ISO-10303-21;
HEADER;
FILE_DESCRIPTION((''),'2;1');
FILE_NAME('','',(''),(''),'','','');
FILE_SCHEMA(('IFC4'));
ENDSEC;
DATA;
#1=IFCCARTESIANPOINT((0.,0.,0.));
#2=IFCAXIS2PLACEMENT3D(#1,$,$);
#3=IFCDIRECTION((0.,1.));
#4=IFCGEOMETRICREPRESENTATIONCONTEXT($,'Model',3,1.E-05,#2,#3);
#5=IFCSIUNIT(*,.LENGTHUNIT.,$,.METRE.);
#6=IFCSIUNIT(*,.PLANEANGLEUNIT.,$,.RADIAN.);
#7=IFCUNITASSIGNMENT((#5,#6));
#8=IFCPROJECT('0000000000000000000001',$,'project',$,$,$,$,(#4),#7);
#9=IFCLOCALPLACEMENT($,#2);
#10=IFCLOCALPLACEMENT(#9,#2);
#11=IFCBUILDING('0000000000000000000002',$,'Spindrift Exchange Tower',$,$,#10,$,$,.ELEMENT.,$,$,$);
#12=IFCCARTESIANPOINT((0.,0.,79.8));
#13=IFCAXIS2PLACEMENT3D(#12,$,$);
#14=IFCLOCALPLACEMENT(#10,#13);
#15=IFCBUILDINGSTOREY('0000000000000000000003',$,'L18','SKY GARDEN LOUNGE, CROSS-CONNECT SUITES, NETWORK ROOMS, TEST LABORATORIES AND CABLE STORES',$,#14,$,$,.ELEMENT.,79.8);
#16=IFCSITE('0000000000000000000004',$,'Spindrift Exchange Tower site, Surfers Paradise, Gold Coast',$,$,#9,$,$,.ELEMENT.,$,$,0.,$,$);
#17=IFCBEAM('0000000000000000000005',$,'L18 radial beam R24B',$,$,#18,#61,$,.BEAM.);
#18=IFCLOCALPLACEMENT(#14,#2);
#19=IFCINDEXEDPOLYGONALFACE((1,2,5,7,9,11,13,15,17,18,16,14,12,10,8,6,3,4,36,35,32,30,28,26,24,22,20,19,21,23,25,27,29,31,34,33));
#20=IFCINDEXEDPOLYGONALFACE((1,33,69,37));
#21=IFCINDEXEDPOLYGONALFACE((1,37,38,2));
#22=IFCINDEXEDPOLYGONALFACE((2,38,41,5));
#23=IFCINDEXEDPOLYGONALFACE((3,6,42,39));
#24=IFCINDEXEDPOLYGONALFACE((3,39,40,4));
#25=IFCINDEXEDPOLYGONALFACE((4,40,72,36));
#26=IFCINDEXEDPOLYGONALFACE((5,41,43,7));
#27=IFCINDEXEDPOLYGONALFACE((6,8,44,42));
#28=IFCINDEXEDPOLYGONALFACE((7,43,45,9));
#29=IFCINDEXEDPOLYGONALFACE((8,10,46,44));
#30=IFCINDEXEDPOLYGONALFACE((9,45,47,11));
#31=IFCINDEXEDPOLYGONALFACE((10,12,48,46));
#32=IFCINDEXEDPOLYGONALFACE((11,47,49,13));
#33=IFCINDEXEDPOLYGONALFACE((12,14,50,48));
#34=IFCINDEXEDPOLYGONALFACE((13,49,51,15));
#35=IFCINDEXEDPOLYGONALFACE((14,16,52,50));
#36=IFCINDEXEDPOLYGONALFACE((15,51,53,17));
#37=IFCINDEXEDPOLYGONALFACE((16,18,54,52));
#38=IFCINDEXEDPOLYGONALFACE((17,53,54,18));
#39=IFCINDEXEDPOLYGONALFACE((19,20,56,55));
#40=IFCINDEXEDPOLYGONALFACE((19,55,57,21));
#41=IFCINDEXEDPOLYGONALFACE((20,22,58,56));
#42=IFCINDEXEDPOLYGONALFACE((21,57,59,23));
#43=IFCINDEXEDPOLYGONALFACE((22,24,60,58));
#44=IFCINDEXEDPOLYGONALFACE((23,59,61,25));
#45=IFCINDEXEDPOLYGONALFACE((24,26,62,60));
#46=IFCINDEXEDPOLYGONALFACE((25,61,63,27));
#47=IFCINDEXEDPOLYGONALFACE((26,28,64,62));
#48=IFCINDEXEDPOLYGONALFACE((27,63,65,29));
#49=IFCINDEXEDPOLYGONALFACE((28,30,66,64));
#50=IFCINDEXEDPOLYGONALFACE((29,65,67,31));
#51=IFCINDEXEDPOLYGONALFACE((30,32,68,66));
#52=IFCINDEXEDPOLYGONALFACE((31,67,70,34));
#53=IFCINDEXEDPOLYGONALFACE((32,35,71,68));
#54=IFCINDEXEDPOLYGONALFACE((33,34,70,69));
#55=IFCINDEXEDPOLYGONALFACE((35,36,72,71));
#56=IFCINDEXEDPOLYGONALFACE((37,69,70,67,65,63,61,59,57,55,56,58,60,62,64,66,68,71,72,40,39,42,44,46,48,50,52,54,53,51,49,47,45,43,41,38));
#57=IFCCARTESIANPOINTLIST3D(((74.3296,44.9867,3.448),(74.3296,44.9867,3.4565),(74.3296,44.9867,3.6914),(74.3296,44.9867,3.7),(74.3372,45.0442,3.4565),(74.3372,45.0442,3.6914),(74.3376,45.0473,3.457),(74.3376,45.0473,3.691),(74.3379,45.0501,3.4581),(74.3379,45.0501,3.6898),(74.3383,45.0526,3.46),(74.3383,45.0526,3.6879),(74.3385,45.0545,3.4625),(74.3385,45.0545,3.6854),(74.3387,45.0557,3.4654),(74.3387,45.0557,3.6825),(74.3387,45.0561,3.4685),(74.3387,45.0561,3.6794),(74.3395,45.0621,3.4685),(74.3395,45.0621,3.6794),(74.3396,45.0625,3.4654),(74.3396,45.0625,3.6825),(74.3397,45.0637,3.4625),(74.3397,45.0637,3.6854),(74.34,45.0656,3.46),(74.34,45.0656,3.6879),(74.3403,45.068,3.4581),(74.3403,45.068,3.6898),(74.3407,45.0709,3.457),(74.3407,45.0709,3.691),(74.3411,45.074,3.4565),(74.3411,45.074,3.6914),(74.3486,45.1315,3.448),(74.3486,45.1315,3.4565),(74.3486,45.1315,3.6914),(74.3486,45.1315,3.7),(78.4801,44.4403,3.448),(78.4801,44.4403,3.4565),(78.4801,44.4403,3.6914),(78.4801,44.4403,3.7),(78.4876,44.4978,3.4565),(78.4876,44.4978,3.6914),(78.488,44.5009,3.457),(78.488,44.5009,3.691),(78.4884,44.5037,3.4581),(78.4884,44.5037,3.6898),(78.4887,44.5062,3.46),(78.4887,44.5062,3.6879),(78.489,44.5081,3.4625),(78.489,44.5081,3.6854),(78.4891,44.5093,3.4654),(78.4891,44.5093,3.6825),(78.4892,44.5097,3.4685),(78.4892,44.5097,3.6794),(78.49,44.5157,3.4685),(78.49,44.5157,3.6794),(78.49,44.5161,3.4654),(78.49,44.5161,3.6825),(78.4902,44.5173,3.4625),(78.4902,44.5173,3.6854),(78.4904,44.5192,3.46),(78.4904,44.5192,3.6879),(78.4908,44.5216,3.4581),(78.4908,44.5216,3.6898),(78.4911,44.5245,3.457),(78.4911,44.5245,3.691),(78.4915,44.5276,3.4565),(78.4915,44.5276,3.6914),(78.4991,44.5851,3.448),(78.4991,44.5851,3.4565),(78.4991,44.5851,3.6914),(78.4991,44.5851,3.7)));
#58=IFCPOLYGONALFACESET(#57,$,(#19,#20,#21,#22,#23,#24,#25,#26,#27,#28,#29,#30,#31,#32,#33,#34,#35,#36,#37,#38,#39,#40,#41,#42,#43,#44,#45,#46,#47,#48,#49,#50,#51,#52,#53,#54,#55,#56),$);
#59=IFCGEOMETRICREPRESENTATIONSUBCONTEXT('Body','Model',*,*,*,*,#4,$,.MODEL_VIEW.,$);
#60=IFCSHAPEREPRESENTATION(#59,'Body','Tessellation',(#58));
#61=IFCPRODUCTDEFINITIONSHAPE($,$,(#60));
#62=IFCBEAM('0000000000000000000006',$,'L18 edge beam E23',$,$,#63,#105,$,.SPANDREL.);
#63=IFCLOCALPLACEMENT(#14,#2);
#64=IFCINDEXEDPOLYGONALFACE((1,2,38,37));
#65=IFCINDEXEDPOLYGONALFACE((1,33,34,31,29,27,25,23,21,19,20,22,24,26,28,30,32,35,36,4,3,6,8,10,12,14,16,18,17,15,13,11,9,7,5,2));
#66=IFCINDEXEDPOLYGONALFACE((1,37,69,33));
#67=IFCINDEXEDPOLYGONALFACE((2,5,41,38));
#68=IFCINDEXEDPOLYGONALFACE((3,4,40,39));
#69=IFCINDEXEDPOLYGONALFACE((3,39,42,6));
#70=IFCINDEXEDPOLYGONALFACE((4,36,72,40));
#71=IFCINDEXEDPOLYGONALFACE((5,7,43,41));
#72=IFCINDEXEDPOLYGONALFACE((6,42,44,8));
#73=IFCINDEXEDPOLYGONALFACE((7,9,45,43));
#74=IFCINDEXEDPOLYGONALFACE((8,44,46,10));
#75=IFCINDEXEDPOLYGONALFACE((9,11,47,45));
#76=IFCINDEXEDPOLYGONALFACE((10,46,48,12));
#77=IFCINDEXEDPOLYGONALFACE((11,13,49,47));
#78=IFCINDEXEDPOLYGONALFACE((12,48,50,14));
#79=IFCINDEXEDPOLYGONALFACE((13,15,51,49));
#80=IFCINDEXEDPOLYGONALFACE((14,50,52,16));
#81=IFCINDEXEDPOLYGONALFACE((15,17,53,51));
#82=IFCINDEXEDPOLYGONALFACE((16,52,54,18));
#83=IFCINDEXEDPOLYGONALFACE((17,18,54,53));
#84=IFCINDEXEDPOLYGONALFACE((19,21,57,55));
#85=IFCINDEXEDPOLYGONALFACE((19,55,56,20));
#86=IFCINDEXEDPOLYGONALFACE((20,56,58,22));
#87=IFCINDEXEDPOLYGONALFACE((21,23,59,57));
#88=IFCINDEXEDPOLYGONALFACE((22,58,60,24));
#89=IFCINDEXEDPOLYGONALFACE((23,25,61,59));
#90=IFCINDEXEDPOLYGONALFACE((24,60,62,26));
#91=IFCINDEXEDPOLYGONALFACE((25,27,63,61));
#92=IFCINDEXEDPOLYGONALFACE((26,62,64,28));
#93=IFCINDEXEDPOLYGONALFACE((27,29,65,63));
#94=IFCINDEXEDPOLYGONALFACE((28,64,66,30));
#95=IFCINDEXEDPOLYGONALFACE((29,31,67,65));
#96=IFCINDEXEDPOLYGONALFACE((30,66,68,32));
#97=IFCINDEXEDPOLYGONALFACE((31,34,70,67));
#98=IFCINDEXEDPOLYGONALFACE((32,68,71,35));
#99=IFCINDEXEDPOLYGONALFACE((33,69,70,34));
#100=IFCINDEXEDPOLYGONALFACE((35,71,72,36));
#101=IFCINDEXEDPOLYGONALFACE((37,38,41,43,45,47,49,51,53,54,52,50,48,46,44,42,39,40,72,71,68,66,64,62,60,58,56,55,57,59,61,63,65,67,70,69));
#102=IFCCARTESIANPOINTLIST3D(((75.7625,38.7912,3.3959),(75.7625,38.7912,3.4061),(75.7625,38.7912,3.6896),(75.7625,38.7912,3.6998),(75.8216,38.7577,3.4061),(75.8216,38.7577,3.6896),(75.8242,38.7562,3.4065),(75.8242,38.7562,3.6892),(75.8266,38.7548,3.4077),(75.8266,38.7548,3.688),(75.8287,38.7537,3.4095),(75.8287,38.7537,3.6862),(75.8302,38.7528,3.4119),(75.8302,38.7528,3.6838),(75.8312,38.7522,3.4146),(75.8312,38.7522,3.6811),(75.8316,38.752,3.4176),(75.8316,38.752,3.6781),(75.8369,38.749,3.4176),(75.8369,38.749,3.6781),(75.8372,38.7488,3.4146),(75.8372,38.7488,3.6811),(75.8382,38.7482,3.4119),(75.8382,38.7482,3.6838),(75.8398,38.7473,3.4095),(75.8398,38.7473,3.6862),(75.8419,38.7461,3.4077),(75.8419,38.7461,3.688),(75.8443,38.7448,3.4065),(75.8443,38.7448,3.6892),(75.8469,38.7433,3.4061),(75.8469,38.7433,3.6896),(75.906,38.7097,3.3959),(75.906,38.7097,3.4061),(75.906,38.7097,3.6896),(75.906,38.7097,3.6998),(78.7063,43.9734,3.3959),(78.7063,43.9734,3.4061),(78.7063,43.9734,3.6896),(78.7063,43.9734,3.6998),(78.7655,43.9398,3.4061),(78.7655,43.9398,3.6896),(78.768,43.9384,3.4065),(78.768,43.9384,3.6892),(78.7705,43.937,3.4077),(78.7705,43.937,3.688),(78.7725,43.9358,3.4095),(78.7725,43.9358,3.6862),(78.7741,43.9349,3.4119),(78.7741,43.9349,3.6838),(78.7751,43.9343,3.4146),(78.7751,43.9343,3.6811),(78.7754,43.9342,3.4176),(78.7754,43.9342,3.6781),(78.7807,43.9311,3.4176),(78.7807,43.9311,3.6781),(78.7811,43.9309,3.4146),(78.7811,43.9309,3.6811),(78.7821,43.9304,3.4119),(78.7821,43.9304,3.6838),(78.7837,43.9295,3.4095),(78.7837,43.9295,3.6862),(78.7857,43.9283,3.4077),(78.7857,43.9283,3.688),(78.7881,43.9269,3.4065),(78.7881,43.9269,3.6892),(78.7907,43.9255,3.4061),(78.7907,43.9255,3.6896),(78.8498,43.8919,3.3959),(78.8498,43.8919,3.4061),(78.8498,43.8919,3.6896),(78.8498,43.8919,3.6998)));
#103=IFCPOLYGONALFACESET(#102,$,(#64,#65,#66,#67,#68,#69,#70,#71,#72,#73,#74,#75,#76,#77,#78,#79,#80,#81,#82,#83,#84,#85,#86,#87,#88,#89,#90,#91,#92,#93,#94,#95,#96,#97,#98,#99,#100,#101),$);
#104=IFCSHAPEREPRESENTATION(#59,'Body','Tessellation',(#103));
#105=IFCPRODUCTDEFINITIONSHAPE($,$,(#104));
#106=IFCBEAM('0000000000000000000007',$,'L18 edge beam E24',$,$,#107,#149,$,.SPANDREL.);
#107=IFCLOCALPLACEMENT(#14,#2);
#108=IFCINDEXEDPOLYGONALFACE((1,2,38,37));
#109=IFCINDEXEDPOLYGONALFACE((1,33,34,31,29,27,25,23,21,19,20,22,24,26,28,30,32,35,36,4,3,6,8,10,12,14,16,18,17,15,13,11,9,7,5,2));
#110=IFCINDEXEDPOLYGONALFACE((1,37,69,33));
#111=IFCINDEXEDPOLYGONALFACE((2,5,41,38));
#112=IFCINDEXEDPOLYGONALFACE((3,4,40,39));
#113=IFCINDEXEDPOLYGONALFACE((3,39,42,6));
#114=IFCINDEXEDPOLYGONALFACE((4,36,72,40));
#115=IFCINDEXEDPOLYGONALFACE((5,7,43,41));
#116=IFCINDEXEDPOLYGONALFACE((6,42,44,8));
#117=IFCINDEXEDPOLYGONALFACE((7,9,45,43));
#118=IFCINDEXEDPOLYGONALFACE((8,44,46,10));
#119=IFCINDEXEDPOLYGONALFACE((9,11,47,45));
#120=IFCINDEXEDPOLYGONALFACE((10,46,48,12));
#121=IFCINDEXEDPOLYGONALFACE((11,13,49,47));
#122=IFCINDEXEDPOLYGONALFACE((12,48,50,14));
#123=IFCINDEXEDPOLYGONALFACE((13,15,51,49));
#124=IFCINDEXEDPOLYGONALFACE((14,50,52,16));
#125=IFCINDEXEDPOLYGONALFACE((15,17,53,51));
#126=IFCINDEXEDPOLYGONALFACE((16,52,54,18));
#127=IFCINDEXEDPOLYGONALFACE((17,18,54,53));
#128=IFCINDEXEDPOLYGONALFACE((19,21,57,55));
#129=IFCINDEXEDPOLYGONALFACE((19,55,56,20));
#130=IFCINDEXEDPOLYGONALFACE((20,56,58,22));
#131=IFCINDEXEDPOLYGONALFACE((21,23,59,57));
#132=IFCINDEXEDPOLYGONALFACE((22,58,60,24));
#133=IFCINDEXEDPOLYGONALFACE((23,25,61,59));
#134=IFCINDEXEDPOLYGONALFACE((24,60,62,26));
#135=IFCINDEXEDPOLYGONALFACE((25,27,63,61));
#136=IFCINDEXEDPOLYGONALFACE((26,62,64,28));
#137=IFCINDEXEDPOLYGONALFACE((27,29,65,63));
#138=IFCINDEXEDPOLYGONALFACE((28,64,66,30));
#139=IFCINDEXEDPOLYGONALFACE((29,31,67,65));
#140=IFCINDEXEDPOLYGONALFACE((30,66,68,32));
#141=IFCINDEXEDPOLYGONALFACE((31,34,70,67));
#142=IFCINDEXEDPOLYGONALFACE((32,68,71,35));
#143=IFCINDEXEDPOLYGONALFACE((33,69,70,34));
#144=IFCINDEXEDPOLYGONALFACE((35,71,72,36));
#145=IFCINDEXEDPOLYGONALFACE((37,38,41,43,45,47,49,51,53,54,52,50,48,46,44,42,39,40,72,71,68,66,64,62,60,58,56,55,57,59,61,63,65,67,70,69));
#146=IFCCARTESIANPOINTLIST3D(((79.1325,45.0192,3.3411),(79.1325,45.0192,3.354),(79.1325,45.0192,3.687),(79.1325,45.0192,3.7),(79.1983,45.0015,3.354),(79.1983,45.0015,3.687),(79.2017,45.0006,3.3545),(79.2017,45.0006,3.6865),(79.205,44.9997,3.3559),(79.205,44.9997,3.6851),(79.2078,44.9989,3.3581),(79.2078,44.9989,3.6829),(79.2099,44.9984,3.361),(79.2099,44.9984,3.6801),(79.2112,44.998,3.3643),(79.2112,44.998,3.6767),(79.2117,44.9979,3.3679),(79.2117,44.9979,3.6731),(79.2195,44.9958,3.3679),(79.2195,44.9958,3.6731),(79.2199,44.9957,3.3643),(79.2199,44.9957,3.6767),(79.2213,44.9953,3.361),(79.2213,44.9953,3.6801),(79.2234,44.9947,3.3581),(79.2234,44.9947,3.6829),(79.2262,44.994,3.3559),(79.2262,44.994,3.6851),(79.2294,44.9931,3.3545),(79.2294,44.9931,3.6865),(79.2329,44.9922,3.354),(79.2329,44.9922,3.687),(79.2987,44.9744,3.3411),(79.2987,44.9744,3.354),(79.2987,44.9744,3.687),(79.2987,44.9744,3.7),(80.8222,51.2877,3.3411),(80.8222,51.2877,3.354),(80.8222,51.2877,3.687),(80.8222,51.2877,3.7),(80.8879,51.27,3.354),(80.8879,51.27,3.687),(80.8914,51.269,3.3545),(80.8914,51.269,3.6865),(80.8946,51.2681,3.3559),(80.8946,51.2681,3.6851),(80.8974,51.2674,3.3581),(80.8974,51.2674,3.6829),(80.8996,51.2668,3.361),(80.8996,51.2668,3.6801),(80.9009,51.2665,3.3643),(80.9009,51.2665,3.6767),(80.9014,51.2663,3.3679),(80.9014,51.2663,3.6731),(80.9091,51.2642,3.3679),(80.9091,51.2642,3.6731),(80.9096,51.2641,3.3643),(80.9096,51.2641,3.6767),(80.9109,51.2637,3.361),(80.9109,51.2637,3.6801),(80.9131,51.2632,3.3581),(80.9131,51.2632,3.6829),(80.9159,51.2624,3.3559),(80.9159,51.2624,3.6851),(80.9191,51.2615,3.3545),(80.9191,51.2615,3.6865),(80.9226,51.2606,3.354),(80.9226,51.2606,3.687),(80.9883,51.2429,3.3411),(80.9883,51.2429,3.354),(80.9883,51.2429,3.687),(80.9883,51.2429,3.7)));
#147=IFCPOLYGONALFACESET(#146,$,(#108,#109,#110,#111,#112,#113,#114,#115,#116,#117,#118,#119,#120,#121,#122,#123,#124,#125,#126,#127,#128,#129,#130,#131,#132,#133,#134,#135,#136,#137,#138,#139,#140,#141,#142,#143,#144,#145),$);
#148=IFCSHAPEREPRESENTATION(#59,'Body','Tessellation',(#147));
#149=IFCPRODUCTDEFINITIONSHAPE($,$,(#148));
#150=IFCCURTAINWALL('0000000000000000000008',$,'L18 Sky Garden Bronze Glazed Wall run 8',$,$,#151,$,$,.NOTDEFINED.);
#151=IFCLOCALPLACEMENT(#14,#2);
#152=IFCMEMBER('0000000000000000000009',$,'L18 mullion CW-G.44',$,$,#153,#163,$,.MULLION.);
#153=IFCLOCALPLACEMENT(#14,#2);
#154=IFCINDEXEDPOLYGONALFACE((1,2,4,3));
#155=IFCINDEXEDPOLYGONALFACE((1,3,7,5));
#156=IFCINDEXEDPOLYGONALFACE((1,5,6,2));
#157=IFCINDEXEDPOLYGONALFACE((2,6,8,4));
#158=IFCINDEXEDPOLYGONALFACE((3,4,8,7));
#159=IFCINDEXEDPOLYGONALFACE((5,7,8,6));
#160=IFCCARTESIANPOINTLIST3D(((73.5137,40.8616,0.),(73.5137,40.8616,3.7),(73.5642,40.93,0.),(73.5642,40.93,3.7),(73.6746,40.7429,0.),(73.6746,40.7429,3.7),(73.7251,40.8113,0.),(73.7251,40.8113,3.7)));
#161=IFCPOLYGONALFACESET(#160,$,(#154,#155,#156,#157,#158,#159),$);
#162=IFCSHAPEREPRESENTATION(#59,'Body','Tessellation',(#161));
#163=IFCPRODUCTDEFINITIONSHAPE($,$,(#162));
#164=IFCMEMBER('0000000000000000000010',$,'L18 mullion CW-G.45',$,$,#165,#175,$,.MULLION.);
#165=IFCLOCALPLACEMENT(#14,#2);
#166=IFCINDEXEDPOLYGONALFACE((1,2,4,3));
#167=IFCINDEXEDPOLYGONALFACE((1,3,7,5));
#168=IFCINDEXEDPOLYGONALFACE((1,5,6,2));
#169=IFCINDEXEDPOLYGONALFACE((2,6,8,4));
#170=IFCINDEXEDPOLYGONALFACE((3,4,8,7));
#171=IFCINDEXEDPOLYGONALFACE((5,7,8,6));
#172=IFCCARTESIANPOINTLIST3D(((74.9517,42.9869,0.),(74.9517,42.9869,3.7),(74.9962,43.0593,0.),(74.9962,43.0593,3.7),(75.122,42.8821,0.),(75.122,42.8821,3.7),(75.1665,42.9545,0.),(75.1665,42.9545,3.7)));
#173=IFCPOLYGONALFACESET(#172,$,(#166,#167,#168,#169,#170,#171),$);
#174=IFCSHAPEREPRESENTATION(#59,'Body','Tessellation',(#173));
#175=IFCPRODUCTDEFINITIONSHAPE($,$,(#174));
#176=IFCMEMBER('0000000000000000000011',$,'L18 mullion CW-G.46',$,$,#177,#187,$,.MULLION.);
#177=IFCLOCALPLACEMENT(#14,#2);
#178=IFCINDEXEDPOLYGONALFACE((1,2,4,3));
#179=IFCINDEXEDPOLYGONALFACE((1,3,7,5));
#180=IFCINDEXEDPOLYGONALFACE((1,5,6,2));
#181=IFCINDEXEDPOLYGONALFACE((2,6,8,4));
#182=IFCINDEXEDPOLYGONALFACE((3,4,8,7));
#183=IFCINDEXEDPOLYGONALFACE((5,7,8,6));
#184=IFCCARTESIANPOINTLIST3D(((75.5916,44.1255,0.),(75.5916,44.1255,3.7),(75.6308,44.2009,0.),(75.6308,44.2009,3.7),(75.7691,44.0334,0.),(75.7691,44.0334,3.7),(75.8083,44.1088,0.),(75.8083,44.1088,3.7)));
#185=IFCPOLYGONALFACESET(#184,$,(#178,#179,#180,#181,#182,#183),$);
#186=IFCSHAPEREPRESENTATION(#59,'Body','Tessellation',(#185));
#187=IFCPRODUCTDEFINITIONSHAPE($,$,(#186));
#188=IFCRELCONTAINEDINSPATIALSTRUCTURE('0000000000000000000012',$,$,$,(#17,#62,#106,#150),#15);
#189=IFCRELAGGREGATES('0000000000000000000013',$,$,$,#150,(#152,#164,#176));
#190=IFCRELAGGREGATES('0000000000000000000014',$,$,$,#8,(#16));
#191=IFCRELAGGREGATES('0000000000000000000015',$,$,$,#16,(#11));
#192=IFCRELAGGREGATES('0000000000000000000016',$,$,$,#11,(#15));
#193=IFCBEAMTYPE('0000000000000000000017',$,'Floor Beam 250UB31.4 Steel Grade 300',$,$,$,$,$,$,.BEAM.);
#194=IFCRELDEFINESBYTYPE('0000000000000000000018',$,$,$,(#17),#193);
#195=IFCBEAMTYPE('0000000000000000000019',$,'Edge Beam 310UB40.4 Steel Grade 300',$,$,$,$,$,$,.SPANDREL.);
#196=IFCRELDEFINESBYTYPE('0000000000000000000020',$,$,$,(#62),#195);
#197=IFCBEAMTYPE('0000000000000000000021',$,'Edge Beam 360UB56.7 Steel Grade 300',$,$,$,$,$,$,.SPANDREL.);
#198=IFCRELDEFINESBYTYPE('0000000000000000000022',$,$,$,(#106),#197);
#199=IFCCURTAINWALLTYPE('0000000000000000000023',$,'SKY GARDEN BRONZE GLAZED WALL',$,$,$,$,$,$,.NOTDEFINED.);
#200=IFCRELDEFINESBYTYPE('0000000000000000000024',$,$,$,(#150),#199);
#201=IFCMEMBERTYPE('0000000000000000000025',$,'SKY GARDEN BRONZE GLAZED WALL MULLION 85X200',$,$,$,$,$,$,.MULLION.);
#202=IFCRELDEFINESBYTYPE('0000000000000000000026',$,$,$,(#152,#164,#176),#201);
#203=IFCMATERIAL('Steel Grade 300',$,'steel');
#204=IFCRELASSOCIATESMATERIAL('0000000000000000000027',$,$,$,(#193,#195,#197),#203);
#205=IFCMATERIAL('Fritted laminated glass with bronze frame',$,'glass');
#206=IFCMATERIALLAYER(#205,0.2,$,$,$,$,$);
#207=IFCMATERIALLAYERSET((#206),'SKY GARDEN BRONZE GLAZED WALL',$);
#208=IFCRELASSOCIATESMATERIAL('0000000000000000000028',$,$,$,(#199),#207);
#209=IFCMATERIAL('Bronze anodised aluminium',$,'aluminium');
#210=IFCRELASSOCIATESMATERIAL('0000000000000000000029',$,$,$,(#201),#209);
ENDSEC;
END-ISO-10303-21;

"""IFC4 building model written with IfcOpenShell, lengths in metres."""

from ifc_helpers import new_model, si_unit, direction, frame, origin, origin_2d, place, context, subcontext, project, spatial, rectangle, i_section, extrude, source, transform, mapped, material, layer, layer_set, material_profile, profile_set, type_object, element, aggregate, save


model = new_model("IFC4")

# Units and contexts
model_context = context("Model", 3, precision=1e-05, world=origin(), true_north=direction((0.0, 1.0)))
body_context = subcontext(model_context, "Body", "Model", "MODEL_VIEW")
ifc_project = project(units=[si_unit("LENGTHUNIT", "METRE"), si_unit("PLANEANGLEUNIT", "RADIAN")], contexts=[model_context])

# Site, building, storey
site_placement = place(None, origin())
site = spatial("IfcSite", under=ifc_project, at=site_placement, Name="Spindrift Exchange Tower site, Surfers Paradise, Gold Coast", CompositionType="ELEMENT", RefElevation=0.0)
building_placement = place(site_placement, origin())
building = spatial("IfcBuilding", under=site, at=building_placement, Name="Spindrift Exchange Tower", CompositionType="ELEMENT")
storey_placement = place(building_placement, frame((0.0, 0.0, 79.8)))
storey = spatial("IfcBuildingStorey", under=building, at=storey_placement, Name="L18", Description="SKY GARDEN LOUNGE, CROSS-CONNECT SUITES, NETWORK ROOMS, TEST LABORATORIES AND CABLE STORES", CompositionType="ELEMENT", Elevation=79.8)

# Beams
ifc_material_1 = material(Name="Steel Grade 300", Category="steel")
ifc_material_profile_1 = material_profile(ifc_material_1, i_section(OverallWidth=0.146, OverallDepth=0.252, WebThickness=0.0061, FlangeThickness=0.0085, FilletRadius=0.012, at=origin_2d()), Name="250UB31.4")
ifc_profile_set_1 = profile_set([ifc_material_profile_1], Name="Steel Grade 300")
beam_type_1 = type_object("IfcBeamType", Name="Floor Beam 250UB31.4 Steel Grade 300", PredefinedType="BEAM", material=ifc_profile_set_1)
shared_shape_1 = source(origin(), body_context, "Body", "SweptSolid", [
    extrude(i_section(OverallWidth=0.146, OverallDepth=0.252, WebThickness=0.0061, FlangeThickness=0.0085, FilletRadius=0.012, at=origin_2d()), origin(), (0.0, 0.0, 1.0), 4.1863),
])
beam_1_placement = place(storey_placement, frame((74.3391, 45.0591, 3.574), z_axis=(0.991446, -0.130521, 0.0), x_axis=(0.130521, 0.991446, 0.0)))
element("IfcBeam", 1, at=beam_1_placement, inside=storey, type_object=beam_type_1, Name="L18 radial beam R24B", PredefinedType="BEAM", context=body_context, shape_type="MappedRepresentation", body=[
    mapped(shared_shape_1, transform((0.0, 0.0, 0.0), scale=1.0)),
])
ifc_material_profile_2 = material_profile(ifc_material_1, i_section(OverallWidth=0.165, OverallDepth=0.304, WebThickness=0.0061, FlangeThickness=0.0103, FilletRadius=0.0115, at=origin_2d()), Name="310UB40.4")
ifc_profile_set_2 = profile_set([ifc_material_profile_2], Name="Steel Grade 300")
beam_type_2 = type_object("IfcBeamType", Name="Edge Beam 310UB40.4 Steel Grade 300", PredefinedType="SPANDREL", material=ifc_profile_set_2)
shared_shape_2 = source(origin(), body_context, "Body", "SweptSolid", [
    extrude(i_section(OverallWidth=0.165, OverallDepth=0.304, WebThickness=0.0061, FlangeThickness=0.0103, FilletRadius=0.0115, at=origin_2d()), origin(), (0.0, 0.0, 1.0), 5.96),
])
beam_2_placement = place(storey_placement, frame((75.8342, 38.7505, 3.5479), z_axis=(0.49394, 0.869496, 0.0), x_axis=(-0.869496, 0.49394, 0.0)))
element("IfcBeam", 2, at=beam_2_placement, inside=storey, type_object=beam_type_2, Name="L18 edge beam E23", PredefinedType="SPANDREL", context=body_context, shape_type="MappedRepresentation", body=[
    mapped(shared_shape_2, transform((0.0, 0.0, 0.0), scale=1.0)),
])
ifc_material_profile_3 = material_profile(ifc_material_1, i_section(OverallWidth=0.1721, OverallDepth=0.3589, WebThickness=0.0081, FlangeThickness=0.0129, FilletRadius=0.0139, at=origin_2d()), Name="360UB56.7")
ifc_profile_set_3 = profile_set([ifc_material_profile_3], Name="Steel Grade 300")
beam_type_3 = type_object("IfcBeamType", Name="Edge Beam 360UB56.7 Steel Grade 300", PredefinedType="SPANDREL", material=ifc_profile_set_3)
shared_shape_3 = source(origin(), body_context, "Body", "SweptSolid", [
    extrude(i_section(OverallWidth=0.1721, OverallDepth=0.3589, WebThickness=0.0081, FlangeThickness=0.0129, FilletRadius=0.0139, at=origin_2d()), origin(), (0.0, 0.0, 1.0), 6.4922),
])
beam_3_placement = place(storey_placement, frame((79.2156, 44.9968, 3.5205), z_axis=(0.260262, 0.965538, 0.0), x_axis=(-0.965538, 0.260262, 0.0)))
element("IfcBeam", 3, at=beam_3_placement, inside=storey, type_object=beam_type_3, Name="L18 edge beam E24", PredefinedType="SPANDREL", context=body_context, shape_type="MappedRepresentation", body=[
    mapped(shared_shape_3, transform((0.0, 0.0, 0.0), scale=1.0)),
])

# Curtain wall, members
ifc_material_2 = material(Name="Fritted laminated glass with bronze frame", Category="glass")
ifc_layer_1 = layer(ifc_material_2, 0.2)
ifc_layer_set_1 = layer_set([ifc_layer_1], Name="SKY GARDEN BRONZE GLAZED WALL")
curtain_wall_type = type_object("IfcCurtainWallType", Name="SKY GARDEN BRONZE GLAZED WALL", PredefinedType="NOTDEFINED", material=ifc_layer_set_1)
curtain_wall_1_placement = place(storey_placement, origin())
curtain_wall_1 = element("IfcCurtainWall", 4, at=curtain_wall_1_placement, inside=storey, type_object=curtain_wall_type, Name="L18 Sky Garden Bronze Glazed Wall run 8", PredefinedType="NOTDEFINED")
ifc_material_3 = material(Name="Bronze anodised aluminium", Category="aluminium")
ifc_material_profile_4 = material_profile(ifc_material_3, rectangle(XDim=0.085, YDim=0.2, at=origin_2d()), Name="SKY GARDEN BRONZE GLAZED WALL MULLION 85X200")
ifc_profile_set_4 = profile_set([ifc_material_profile_4], Name="Bronze anodised aluminium")
member_type_1 = type_object("IfcMemberType", Name="SKY GARDEN BRONZE GLAZED WALL MULLION 85X200", PredefinedType="MULLION", material=ifc_profile_set_4)
shared_shape_4 = source(origin(), body_context, "Body", "SweptSolid", [
    extrude(rectangle(XDim=0.085, YDim=0.2, at=origin_2d()), origin(), (0.0, 0.0, 1.0), 3.7),
])
member_1_placement = place(storey_placement, frame((73.6194, 40.8364, 0.0), z_axis=(0.0, 0.0, 1.0), x_axis=(0.593658, 0.804717, 0.0)))
member_1 = element("IfcMember", 5, at=member_1_placement, type_object=member_type_1, Name="L18 mullion CW-G.44", PredefinedType="MULLION", context=body_context, shape_type="MappedRepresentation", body=[
    mapped(shared_shape_4, transform((0.0, 0.0, 0.0), scale=1.0)),
])
member_2_placement = place(storey_placement, frame((75.0591, 42.9707, 0.0), z_axis=(0.0, 0.0, 1.0), x_axis=(0.523992, 0.851723, 0.0)))
member_2 = element("IfcMember", 6, at=member_2_placement, type_object=member_type_1, Name="L18 mullion CW-G.45", PredefinedType="MULLION", context=body_context, shape_type="MappedRepresentation", body=[
    mapped(shared_shape_4, transform((0.0, 0.0, 0.0), scale=1.0)),
])
member_3_placement = place(storey_placement, frame((75.7, 44.1172, 0.0), z_axis=(0.0, 0.0, 1.0), x_axis=(0.460699, 0.887557, 0.0)))
member_3 = element("IfcMember", 7, at=member_3_placement, type_object=member_type_1, Name="L18 mullion CW-G.46", PredefinedType="MULLION", context=body_context, shape_type="MappedRepresentation", body=[
    mapped(shared_shape_4, transform((0.0, 0.0, 0.0), scale=1.0)),
])

aggregate(curtain_wall_1, [member_1, member_2, member_3])

save(model, "model.ifc")
